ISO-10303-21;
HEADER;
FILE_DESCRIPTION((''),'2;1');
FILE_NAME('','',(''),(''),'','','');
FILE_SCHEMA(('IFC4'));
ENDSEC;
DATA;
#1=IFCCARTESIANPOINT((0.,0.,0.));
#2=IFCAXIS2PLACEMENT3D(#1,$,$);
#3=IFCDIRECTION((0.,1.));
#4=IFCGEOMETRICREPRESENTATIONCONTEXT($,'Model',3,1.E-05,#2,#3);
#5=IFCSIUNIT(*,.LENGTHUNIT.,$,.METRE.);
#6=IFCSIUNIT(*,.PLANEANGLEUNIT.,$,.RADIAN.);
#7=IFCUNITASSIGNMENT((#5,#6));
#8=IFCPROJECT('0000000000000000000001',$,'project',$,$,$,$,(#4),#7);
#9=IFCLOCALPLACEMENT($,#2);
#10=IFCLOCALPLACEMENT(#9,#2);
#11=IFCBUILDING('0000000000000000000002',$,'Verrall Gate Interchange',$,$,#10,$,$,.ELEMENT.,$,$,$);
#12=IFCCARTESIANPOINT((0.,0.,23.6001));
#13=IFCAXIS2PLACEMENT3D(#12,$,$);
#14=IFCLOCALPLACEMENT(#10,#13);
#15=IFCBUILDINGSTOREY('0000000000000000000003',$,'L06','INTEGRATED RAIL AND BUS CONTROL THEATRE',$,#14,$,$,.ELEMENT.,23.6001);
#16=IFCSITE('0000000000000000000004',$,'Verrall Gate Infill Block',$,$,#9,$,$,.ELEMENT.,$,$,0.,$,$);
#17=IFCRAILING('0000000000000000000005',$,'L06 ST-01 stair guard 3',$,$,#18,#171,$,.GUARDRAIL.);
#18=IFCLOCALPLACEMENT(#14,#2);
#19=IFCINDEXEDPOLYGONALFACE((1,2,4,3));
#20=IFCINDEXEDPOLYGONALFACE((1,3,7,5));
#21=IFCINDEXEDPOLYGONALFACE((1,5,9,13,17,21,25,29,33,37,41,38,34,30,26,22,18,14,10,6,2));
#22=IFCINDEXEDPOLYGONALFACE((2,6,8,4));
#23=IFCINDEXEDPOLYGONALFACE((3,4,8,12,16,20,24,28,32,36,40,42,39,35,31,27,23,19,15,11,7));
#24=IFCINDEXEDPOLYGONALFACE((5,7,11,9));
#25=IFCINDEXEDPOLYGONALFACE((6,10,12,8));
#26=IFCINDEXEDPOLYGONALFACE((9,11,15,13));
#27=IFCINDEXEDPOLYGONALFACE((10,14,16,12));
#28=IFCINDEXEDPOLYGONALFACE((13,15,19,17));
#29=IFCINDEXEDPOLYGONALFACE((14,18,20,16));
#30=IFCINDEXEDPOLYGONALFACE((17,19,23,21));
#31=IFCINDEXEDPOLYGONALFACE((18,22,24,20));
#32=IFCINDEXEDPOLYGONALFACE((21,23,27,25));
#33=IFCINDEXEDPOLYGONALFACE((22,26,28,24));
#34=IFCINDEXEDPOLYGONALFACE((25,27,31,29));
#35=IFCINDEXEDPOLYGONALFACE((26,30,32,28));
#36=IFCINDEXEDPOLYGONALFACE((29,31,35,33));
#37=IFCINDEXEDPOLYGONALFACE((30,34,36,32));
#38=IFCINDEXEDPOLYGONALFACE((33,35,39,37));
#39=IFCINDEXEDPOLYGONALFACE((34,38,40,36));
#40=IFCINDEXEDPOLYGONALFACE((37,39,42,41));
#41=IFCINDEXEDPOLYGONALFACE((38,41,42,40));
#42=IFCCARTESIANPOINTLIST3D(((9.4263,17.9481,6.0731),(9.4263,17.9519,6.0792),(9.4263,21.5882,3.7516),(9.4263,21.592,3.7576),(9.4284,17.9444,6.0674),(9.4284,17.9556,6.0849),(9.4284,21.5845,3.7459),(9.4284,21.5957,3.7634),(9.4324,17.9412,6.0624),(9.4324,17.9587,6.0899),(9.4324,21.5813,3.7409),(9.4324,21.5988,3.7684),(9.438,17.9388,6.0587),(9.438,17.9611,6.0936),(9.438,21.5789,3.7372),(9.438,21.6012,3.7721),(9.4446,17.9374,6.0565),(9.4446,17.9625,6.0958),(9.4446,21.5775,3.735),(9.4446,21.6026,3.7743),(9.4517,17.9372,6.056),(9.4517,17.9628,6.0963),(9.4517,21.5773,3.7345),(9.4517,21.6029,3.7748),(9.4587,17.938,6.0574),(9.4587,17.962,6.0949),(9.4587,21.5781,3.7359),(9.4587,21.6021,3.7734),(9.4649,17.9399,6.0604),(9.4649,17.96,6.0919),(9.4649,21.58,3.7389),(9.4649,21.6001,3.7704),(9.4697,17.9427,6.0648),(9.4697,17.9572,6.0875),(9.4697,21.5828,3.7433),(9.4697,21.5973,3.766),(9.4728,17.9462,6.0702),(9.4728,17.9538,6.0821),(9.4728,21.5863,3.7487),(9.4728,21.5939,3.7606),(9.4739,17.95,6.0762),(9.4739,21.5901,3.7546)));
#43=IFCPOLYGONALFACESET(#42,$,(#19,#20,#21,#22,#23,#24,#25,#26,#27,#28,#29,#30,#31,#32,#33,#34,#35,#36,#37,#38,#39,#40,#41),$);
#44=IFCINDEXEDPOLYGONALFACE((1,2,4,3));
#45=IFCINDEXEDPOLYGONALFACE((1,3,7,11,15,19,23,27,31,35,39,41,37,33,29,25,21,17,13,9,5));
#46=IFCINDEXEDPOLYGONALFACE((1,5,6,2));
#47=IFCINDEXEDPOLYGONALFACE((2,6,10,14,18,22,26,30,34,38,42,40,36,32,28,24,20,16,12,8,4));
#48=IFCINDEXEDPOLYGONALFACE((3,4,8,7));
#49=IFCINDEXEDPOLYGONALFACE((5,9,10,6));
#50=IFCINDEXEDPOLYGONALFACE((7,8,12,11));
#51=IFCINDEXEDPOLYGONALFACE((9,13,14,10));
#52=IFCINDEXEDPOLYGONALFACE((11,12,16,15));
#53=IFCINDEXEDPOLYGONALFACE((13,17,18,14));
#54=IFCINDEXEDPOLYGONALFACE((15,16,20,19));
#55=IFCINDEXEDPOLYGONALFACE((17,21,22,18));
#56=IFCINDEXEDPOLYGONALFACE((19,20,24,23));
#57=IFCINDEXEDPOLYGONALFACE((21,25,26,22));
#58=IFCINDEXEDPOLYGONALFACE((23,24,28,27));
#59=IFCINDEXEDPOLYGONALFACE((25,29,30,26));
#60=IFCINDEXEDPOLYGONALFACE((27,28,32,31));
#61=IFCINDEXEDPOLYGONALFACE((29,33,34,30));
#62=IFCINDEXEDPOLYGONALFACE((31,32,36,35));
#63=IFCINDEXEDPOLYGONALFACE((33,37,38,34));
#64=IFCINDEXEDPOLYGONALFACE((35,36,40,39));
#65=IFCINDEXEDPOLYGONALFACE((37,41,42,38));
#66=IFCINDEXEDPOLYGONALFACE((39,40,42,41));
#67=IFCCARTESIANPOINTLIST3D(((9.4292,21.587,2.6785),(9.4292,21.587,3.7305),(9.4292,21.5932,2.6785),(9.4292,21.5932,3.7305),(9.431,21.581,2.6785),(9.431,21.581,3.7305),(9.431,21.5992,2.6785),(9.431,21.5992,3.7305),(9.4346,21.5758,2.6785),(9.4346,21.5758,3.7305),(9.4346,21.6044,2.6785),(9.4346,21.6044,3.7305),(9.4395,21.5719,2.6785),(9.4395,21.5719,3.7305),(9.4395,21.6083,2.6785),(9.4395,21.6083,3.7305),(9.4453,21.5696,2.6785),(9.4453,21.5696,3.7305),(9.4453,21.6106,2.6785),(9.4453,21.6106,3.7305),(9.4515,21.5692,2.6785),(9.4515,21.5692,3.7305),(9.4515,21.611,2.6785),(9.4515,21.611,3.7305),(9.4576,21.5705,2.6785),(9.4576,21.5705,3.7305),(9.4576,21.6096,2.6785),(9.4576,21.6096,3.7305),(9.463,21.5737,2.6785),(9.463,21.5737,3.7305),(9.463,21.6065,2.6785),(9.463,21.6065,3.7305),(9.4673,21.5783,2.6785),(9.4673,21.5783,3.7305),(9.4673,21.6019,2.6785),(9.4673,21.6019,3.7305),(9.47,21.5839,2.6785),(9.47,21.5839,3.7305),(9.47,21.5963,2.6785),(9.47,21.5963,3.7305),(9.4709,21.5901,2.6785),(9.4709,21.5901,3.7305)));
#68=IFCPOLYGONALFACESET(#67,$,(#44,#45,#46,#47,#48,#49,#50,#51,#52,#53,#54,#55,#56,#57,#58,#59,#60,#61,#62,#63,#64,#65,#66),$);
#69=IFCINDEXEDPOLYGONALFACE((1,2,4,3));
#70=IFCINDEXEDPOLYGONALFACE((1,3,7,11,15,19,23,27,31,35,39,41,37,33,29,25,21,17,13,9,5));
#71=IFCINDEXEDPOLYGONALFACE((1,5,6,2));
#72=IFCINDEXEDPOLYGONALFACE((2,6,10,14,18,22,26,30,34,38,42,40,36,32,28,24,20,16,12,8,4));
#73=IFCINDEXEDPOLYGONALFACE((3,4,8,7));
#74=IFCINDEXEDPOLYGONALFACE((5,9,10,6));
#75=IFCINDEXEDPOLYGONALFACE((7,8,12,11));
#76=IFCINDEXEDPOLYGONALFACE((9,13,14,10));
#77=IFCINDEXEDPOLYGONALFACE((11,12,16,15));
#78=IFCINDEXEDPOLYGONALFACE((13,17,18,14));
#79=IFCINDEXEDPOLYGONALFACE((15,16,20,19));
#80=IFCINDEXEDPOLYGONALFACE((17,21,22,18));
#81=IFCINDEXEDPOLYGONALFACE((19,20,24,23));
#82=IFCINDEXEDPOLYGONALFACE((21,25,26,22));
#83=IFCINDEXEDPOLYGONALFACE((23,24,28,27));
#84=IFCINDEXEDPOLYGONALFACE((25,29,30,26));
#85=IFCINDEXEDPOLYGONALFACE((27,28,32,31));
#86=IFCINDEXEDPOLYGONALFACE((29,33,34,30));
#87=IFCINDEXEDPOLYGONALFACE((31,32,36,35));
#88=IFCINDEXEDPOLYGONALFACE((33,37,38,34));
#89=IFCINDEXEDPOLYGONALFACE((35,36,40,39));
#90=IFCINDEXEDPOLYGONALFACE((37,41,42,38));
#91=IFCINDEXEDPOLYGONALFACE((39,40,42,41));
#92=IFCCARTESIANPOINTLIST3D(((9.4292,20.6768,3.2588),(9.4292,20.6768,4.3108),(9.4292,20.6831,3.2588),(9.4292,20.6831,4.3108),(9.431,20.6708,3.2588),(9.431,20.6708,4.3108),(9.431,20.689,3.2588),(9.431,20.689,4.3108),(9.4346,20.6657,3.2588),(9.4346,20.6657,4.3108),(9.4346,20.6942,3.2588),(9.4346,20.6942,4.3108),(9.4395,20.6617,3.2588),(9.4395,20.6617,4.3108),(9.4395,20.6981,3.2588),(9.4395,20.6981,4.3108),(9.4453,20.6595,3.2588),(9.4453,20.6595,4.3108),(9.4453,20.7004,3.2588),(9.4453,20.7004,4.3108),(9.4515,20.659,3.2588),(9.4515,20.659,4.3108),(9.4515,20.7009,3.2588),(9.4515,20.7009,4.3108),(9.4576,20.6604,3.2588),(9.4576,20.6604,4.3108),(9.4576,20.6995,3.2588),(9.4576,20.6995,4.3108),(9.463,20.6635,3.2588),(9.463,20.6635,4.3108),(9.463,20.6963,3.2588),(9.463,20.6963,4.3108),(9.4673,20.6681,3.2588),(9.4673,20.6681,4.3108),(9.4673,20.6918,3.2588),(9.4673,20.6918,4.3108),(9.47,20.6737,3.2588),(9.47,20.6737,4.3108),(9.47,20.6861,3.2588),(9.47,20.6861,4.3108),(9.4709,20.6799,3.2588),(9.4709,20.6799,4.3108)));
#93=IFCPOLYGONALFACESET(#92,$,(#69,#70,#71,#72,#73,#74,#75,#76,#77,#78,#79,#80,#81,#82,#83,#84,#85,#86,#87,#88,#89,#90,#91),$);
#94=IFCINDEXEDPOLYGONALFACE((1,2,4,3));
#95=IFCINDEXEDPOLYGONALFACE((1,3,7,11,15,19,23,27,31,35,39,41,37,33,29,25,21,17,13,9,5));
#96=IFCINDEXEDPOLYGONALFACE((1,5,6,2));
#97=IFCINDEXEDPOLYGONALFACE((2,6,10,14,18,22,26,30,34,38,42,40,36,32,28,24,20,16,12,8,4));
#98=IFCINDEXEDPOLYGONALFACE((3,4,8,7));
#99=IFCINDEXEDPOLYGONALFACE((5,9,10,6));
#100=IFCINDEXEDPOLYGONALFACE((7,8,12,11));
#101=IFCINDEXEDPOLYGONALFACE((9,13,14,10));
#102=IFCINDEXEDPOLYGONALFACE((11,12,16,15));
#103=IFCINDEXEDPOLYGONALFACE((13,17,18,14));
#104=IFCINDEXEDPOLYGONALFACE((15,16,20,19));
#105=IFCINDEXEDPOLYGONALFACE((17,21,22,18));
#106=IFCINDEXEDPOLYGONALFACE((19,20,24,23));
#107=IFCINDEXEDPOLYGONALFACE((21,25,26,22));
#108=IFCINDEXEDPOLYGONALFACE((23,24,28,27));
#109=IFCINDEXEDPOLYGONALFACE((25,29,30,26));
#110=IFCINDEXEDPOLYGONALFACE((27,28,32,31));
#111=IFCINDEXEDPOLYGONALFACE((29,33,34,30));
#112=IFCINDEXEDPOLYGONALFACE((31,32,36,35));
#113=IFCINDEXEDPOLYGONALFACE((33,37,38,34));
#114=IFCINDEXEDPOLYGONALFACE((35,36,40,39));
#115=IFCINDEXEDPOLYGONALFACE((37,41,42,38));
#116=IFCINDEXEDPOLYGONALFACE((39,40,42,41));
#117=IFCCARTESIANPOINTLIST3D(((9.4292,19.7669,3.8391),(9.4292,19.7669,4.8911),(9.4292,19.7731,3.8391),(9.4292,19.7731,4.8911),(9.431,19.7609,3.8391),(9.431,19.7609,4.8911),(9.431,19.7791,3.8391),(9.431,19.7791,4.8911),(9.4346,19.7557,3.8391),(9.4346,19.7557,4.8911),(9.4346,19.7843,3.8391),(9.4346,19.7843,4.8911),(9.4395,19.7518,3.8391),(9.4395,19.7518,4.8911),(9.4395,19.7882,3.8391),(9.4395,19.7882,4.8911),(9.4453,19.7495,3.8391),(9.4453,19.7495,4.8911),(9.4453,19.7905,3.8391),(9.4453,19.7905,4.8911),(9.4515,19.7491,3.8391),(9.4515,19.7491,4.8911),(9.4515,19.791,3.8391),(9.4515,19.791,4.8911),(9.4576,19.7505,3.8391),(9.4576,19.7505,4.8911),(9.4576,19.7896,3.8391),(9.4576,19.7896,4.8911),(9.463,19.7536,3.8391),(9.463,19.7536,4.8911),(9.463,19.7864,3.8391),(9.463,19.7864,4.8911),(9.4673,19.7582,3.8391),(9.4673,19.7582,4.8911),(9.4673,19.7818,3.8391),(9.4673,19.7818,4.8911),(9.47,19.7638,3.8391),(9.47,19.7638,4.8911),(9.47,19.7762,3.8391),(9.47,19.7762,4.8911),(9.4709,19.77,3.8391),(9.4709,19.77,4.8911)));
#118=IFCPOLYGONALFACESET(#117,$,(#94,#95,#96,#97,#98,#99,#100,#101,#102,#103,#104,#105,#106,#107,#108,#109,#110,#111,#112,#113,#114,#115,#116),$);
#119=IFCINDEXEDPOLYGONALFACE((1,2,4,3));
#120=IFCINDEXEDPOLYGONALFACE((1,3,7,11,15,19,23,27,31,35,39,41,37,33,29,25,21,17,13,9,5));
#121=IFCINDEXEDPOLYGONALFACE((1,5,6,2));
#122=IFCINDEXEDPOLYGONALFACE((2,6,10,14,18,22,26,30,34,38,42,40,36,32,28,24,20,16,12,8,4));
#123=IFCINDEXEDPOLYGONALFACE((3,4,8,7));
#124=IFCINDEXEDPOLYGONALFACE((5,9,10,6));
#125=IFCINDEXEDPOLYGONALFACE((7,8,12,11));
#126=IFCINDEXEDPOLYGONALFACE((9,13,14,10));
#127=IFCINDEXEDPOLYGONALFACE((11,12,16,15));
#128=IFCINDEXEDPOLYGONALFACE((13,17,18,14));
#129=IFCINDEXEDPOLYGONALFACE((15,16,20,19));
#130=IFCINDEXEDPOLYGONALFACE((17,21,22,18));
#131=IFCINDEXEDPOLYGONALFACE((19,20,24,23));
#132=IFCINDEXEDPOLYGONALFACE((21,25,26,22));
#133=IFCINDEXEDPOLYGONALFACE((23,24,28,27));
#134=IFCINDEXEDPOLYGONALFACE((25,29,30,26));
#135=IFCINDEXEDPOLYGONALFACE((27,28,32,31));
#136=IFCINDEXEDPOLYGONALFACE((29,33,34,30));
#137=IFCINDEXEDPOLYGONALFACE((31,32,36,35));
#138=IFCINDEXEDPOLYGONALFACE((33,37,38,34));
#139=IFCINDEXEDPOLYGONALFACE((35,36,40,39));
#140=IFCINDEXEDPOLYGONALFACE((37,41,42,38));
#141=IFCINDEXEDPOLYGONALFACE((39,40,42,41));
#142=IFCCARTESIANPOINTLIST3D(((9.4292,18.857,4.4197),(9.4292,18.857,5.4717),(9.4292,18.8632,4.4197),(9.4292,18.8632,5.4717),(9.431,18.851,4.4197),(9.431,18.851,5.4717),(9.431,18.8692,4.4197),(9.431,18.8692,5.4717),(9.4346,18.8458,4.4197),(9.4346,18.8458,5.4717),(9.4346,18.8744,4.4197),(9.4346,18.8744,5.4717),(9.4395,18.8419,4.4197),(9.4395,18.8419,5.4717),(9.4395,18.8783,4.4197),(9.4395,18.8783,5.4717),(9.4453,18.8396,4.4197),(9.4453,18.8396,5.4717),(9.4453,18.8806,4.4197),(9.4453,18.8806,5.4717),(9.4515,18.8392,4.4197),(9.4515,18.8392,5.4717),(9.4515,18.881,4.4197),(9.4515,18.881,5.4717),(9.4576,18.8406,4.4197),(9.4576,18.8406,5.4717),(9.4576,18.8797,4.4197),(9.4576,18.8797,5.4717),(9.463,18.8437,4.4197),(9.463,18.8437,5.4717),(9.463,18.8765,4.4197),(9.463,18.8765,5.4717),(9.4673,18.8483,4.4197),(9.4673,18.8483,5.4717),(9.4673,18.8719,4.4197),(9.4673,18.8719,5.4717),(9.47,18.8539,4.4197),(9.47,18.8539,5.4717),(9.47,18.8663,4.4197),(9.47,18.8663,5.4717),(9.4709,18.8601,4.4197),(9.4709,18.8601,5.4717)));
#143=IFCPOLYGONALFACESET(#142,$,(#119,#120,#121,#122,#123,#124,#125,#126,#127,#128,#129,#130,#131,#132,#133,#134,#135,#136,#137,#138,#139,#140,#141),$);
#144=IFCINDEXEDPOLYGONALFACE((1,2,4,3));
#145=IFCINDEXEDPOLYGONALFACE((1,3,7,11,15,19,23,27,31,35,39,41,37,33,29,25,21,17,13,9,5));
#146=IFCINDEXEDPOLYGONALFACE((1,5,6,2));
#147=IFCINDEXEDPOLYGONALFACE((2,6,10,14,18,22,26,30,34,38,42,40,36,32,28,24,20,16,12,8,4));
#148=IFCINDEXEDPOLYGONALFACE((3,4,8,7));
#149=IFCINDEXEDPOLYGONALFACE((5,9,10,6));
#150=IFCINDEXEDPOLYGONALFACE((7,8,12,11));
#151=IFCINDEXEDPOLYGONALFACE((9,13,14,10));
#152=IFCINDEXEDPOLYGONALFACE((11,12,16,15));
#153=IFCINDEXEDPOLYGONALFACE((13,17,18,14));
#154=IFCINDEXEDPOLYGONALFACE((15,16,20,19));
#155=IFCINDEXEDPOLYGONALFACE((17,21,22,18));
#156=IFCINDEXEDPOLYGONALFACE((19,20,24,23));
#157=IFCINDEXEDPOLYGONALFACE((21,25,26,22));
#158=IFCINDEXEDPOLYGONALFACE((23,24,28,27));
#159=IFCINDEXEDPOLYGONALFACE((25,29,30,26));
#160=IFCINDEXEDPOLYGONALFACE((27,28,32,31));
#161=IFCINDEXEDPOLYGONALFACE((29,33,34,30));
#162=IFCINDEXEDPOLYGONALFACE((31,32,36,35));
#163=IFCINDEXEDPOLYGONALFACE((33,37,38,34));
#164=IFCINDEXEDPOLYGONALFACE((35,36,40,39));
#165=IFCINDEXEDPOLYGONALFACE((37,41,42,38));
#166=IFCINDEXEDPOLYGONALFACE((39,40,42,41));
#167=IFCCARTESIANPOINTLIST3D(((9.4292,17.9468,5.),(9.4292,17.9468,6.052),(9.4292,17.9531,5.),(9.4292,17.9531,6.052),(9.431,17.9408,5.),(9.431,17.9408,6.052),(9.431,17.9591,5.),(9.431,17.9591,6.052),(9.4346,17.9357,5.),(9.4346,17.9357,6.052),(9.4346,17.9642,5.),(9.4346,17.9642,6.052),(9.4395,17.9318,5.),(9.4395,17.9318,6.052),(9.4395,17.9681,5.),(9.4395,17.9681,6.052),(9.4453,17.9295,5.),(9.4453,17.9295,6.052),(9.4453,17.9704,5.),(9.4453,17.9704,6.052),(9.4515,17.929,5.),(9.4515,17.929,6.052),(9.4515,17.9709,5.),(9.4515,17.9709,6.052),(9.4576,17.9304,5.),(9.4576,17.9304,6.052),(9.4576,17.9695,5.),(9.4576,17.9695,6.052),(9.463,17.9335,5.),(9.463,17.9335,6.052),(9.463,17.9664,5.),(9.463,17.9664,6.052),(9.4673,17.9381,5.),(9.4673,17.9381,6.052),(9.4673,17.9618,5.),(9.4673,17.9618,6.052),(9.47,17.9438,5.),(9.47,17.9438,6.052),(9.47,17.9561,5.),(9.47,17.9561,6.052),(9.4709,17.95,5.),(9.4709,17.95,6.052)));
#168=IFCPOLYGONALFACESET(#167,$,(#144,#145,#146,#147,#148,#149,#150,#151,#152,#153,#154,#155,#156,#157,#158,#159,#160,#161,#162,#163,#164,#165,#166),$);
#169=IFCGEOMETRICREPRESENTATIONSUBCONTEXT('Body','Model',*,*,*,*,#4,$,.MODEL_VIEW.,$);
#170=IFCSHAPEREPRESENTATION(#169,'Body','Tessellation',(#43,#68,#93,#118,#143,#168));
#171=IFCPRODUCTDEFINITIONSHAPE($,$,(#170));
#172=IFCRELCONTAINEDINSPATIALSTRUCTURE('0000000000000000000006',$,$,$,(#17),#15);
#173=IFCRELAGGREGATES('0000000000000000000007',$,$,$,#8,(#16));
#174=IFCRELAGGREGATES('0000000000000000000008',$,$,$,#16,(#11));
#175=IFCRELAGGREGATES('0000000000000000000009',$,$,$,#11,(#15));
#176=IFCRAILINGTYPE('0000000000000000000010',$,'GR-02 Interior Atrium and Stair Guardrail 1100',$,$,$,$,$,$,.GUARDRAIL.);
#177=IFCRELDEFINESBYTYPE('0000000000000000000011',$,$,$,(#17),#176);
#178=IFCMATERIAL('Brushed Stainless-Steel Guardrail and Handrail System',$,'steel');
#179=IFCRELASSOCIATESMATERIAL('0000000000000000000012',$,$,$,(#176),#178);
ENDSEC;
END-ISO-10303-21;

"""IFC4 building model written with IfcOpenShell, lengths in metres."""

from ifc_helpers import new_model, si_unit, direction, frame, origin, origin_2d, place, context, subcontext, project, spatial, circle, extrude, material, type_object, element, save


model = new_model("IFC4")

# Units and contexts
model_context = context("Model", 3, precision=1e-05, world=origin(), true_north=direction((0.0, 1.0)))
body_context = subcontext(model_context, "Body", "Model", "MODEL_VIEW")
ifc_project = project(units=[si_unit("LENGTHUNIT", "METRE"), si_unit("PLANEANGLEUNIT", "RADIAN")], contexts=[model_context])

# Site, building, storey
site_placement = place(None, origin())
site = spatial("IfcSite", under=ifc_project, at=site_placement, Name="Verrall Gate Infill Block", CompositionType="ELEMENT", RefElevation=0.0)
building_placement = place(site_placement, origin())
building = spatial("IfcBuilding", under=site, at=building_placement, Name="Verrall Gate Interchange", CompositionType="ELEMENT")
storey_placement = place(building_placement, frame((0.0, 0.0, 23.6001)))
storey = spatial("IfcBuildingStorey", under=building, at=storey_placement, Name="L06", Description="INTEGRATED RAIL AND BUS CONTROL THEATRE", CompositionType="ELEMENT", Elevation=23.6001)

# Railing
ifc_material_1 = material(Name="Brushed Stainless-Steel Guardrail and Handrail System", Category="steel")
railing_type_1 = type_object("IfcRailingType", Name="GR-02 Interior Atrium and Stair Guardrail 1100", PredefinedType="GUARDRAIL", material=ifc_material_1)
railing_1_placement = place(storey_placement, frame((9.45, 21.5901, 2.6785)))
element("IfcRailing", 1, at=railing_1_placement, inside=storey, type_object=railing_type_1, Name="L06 ST-01 stair guard 3", PredefinedType="GUARDRAIL", context=body_context, shape_type="SweptSolid", body=[
    extrude(circle(Radius=0.0239, at=origin_2d()), frame((0.0, 0.0, 1.0762), z_axis=(0.0, -0.843128, 0.537713), x_axis=(1.0, 0.0, 0.0)), (0.0, 0.0, 1.0), 4.3174),
    extrude(circle(Radius=0.021, at=origin_2d()), origin(), (0.0, 0.0, 1.0), 1.052),
    extrude(circle(Radius=0.021, at=origin_2d()), frame((0.0, -0.9102, 0.5803)), (0.0, 0.0, 1.0), 1.052),
    extrude(circle(Radius=0.021, at=origin_2d()), frame((0.0, -1.8201, 1.1606)), (0.0, 0.0, 1.0), 1.052),
    extrude(circle(Radius=0.021, at=origin_2d()), frame((0.0, -2.73, 1.7412)), (0.0, 0.0, 1.0), 1.052),
    extrude(circle(Radius=0.021, at=origin_2d()), frame((0.0, -3.6401, 2.3215)), (0.0, 0.0, 1.0), 1.052),
])

save(model, "model.ifc")
